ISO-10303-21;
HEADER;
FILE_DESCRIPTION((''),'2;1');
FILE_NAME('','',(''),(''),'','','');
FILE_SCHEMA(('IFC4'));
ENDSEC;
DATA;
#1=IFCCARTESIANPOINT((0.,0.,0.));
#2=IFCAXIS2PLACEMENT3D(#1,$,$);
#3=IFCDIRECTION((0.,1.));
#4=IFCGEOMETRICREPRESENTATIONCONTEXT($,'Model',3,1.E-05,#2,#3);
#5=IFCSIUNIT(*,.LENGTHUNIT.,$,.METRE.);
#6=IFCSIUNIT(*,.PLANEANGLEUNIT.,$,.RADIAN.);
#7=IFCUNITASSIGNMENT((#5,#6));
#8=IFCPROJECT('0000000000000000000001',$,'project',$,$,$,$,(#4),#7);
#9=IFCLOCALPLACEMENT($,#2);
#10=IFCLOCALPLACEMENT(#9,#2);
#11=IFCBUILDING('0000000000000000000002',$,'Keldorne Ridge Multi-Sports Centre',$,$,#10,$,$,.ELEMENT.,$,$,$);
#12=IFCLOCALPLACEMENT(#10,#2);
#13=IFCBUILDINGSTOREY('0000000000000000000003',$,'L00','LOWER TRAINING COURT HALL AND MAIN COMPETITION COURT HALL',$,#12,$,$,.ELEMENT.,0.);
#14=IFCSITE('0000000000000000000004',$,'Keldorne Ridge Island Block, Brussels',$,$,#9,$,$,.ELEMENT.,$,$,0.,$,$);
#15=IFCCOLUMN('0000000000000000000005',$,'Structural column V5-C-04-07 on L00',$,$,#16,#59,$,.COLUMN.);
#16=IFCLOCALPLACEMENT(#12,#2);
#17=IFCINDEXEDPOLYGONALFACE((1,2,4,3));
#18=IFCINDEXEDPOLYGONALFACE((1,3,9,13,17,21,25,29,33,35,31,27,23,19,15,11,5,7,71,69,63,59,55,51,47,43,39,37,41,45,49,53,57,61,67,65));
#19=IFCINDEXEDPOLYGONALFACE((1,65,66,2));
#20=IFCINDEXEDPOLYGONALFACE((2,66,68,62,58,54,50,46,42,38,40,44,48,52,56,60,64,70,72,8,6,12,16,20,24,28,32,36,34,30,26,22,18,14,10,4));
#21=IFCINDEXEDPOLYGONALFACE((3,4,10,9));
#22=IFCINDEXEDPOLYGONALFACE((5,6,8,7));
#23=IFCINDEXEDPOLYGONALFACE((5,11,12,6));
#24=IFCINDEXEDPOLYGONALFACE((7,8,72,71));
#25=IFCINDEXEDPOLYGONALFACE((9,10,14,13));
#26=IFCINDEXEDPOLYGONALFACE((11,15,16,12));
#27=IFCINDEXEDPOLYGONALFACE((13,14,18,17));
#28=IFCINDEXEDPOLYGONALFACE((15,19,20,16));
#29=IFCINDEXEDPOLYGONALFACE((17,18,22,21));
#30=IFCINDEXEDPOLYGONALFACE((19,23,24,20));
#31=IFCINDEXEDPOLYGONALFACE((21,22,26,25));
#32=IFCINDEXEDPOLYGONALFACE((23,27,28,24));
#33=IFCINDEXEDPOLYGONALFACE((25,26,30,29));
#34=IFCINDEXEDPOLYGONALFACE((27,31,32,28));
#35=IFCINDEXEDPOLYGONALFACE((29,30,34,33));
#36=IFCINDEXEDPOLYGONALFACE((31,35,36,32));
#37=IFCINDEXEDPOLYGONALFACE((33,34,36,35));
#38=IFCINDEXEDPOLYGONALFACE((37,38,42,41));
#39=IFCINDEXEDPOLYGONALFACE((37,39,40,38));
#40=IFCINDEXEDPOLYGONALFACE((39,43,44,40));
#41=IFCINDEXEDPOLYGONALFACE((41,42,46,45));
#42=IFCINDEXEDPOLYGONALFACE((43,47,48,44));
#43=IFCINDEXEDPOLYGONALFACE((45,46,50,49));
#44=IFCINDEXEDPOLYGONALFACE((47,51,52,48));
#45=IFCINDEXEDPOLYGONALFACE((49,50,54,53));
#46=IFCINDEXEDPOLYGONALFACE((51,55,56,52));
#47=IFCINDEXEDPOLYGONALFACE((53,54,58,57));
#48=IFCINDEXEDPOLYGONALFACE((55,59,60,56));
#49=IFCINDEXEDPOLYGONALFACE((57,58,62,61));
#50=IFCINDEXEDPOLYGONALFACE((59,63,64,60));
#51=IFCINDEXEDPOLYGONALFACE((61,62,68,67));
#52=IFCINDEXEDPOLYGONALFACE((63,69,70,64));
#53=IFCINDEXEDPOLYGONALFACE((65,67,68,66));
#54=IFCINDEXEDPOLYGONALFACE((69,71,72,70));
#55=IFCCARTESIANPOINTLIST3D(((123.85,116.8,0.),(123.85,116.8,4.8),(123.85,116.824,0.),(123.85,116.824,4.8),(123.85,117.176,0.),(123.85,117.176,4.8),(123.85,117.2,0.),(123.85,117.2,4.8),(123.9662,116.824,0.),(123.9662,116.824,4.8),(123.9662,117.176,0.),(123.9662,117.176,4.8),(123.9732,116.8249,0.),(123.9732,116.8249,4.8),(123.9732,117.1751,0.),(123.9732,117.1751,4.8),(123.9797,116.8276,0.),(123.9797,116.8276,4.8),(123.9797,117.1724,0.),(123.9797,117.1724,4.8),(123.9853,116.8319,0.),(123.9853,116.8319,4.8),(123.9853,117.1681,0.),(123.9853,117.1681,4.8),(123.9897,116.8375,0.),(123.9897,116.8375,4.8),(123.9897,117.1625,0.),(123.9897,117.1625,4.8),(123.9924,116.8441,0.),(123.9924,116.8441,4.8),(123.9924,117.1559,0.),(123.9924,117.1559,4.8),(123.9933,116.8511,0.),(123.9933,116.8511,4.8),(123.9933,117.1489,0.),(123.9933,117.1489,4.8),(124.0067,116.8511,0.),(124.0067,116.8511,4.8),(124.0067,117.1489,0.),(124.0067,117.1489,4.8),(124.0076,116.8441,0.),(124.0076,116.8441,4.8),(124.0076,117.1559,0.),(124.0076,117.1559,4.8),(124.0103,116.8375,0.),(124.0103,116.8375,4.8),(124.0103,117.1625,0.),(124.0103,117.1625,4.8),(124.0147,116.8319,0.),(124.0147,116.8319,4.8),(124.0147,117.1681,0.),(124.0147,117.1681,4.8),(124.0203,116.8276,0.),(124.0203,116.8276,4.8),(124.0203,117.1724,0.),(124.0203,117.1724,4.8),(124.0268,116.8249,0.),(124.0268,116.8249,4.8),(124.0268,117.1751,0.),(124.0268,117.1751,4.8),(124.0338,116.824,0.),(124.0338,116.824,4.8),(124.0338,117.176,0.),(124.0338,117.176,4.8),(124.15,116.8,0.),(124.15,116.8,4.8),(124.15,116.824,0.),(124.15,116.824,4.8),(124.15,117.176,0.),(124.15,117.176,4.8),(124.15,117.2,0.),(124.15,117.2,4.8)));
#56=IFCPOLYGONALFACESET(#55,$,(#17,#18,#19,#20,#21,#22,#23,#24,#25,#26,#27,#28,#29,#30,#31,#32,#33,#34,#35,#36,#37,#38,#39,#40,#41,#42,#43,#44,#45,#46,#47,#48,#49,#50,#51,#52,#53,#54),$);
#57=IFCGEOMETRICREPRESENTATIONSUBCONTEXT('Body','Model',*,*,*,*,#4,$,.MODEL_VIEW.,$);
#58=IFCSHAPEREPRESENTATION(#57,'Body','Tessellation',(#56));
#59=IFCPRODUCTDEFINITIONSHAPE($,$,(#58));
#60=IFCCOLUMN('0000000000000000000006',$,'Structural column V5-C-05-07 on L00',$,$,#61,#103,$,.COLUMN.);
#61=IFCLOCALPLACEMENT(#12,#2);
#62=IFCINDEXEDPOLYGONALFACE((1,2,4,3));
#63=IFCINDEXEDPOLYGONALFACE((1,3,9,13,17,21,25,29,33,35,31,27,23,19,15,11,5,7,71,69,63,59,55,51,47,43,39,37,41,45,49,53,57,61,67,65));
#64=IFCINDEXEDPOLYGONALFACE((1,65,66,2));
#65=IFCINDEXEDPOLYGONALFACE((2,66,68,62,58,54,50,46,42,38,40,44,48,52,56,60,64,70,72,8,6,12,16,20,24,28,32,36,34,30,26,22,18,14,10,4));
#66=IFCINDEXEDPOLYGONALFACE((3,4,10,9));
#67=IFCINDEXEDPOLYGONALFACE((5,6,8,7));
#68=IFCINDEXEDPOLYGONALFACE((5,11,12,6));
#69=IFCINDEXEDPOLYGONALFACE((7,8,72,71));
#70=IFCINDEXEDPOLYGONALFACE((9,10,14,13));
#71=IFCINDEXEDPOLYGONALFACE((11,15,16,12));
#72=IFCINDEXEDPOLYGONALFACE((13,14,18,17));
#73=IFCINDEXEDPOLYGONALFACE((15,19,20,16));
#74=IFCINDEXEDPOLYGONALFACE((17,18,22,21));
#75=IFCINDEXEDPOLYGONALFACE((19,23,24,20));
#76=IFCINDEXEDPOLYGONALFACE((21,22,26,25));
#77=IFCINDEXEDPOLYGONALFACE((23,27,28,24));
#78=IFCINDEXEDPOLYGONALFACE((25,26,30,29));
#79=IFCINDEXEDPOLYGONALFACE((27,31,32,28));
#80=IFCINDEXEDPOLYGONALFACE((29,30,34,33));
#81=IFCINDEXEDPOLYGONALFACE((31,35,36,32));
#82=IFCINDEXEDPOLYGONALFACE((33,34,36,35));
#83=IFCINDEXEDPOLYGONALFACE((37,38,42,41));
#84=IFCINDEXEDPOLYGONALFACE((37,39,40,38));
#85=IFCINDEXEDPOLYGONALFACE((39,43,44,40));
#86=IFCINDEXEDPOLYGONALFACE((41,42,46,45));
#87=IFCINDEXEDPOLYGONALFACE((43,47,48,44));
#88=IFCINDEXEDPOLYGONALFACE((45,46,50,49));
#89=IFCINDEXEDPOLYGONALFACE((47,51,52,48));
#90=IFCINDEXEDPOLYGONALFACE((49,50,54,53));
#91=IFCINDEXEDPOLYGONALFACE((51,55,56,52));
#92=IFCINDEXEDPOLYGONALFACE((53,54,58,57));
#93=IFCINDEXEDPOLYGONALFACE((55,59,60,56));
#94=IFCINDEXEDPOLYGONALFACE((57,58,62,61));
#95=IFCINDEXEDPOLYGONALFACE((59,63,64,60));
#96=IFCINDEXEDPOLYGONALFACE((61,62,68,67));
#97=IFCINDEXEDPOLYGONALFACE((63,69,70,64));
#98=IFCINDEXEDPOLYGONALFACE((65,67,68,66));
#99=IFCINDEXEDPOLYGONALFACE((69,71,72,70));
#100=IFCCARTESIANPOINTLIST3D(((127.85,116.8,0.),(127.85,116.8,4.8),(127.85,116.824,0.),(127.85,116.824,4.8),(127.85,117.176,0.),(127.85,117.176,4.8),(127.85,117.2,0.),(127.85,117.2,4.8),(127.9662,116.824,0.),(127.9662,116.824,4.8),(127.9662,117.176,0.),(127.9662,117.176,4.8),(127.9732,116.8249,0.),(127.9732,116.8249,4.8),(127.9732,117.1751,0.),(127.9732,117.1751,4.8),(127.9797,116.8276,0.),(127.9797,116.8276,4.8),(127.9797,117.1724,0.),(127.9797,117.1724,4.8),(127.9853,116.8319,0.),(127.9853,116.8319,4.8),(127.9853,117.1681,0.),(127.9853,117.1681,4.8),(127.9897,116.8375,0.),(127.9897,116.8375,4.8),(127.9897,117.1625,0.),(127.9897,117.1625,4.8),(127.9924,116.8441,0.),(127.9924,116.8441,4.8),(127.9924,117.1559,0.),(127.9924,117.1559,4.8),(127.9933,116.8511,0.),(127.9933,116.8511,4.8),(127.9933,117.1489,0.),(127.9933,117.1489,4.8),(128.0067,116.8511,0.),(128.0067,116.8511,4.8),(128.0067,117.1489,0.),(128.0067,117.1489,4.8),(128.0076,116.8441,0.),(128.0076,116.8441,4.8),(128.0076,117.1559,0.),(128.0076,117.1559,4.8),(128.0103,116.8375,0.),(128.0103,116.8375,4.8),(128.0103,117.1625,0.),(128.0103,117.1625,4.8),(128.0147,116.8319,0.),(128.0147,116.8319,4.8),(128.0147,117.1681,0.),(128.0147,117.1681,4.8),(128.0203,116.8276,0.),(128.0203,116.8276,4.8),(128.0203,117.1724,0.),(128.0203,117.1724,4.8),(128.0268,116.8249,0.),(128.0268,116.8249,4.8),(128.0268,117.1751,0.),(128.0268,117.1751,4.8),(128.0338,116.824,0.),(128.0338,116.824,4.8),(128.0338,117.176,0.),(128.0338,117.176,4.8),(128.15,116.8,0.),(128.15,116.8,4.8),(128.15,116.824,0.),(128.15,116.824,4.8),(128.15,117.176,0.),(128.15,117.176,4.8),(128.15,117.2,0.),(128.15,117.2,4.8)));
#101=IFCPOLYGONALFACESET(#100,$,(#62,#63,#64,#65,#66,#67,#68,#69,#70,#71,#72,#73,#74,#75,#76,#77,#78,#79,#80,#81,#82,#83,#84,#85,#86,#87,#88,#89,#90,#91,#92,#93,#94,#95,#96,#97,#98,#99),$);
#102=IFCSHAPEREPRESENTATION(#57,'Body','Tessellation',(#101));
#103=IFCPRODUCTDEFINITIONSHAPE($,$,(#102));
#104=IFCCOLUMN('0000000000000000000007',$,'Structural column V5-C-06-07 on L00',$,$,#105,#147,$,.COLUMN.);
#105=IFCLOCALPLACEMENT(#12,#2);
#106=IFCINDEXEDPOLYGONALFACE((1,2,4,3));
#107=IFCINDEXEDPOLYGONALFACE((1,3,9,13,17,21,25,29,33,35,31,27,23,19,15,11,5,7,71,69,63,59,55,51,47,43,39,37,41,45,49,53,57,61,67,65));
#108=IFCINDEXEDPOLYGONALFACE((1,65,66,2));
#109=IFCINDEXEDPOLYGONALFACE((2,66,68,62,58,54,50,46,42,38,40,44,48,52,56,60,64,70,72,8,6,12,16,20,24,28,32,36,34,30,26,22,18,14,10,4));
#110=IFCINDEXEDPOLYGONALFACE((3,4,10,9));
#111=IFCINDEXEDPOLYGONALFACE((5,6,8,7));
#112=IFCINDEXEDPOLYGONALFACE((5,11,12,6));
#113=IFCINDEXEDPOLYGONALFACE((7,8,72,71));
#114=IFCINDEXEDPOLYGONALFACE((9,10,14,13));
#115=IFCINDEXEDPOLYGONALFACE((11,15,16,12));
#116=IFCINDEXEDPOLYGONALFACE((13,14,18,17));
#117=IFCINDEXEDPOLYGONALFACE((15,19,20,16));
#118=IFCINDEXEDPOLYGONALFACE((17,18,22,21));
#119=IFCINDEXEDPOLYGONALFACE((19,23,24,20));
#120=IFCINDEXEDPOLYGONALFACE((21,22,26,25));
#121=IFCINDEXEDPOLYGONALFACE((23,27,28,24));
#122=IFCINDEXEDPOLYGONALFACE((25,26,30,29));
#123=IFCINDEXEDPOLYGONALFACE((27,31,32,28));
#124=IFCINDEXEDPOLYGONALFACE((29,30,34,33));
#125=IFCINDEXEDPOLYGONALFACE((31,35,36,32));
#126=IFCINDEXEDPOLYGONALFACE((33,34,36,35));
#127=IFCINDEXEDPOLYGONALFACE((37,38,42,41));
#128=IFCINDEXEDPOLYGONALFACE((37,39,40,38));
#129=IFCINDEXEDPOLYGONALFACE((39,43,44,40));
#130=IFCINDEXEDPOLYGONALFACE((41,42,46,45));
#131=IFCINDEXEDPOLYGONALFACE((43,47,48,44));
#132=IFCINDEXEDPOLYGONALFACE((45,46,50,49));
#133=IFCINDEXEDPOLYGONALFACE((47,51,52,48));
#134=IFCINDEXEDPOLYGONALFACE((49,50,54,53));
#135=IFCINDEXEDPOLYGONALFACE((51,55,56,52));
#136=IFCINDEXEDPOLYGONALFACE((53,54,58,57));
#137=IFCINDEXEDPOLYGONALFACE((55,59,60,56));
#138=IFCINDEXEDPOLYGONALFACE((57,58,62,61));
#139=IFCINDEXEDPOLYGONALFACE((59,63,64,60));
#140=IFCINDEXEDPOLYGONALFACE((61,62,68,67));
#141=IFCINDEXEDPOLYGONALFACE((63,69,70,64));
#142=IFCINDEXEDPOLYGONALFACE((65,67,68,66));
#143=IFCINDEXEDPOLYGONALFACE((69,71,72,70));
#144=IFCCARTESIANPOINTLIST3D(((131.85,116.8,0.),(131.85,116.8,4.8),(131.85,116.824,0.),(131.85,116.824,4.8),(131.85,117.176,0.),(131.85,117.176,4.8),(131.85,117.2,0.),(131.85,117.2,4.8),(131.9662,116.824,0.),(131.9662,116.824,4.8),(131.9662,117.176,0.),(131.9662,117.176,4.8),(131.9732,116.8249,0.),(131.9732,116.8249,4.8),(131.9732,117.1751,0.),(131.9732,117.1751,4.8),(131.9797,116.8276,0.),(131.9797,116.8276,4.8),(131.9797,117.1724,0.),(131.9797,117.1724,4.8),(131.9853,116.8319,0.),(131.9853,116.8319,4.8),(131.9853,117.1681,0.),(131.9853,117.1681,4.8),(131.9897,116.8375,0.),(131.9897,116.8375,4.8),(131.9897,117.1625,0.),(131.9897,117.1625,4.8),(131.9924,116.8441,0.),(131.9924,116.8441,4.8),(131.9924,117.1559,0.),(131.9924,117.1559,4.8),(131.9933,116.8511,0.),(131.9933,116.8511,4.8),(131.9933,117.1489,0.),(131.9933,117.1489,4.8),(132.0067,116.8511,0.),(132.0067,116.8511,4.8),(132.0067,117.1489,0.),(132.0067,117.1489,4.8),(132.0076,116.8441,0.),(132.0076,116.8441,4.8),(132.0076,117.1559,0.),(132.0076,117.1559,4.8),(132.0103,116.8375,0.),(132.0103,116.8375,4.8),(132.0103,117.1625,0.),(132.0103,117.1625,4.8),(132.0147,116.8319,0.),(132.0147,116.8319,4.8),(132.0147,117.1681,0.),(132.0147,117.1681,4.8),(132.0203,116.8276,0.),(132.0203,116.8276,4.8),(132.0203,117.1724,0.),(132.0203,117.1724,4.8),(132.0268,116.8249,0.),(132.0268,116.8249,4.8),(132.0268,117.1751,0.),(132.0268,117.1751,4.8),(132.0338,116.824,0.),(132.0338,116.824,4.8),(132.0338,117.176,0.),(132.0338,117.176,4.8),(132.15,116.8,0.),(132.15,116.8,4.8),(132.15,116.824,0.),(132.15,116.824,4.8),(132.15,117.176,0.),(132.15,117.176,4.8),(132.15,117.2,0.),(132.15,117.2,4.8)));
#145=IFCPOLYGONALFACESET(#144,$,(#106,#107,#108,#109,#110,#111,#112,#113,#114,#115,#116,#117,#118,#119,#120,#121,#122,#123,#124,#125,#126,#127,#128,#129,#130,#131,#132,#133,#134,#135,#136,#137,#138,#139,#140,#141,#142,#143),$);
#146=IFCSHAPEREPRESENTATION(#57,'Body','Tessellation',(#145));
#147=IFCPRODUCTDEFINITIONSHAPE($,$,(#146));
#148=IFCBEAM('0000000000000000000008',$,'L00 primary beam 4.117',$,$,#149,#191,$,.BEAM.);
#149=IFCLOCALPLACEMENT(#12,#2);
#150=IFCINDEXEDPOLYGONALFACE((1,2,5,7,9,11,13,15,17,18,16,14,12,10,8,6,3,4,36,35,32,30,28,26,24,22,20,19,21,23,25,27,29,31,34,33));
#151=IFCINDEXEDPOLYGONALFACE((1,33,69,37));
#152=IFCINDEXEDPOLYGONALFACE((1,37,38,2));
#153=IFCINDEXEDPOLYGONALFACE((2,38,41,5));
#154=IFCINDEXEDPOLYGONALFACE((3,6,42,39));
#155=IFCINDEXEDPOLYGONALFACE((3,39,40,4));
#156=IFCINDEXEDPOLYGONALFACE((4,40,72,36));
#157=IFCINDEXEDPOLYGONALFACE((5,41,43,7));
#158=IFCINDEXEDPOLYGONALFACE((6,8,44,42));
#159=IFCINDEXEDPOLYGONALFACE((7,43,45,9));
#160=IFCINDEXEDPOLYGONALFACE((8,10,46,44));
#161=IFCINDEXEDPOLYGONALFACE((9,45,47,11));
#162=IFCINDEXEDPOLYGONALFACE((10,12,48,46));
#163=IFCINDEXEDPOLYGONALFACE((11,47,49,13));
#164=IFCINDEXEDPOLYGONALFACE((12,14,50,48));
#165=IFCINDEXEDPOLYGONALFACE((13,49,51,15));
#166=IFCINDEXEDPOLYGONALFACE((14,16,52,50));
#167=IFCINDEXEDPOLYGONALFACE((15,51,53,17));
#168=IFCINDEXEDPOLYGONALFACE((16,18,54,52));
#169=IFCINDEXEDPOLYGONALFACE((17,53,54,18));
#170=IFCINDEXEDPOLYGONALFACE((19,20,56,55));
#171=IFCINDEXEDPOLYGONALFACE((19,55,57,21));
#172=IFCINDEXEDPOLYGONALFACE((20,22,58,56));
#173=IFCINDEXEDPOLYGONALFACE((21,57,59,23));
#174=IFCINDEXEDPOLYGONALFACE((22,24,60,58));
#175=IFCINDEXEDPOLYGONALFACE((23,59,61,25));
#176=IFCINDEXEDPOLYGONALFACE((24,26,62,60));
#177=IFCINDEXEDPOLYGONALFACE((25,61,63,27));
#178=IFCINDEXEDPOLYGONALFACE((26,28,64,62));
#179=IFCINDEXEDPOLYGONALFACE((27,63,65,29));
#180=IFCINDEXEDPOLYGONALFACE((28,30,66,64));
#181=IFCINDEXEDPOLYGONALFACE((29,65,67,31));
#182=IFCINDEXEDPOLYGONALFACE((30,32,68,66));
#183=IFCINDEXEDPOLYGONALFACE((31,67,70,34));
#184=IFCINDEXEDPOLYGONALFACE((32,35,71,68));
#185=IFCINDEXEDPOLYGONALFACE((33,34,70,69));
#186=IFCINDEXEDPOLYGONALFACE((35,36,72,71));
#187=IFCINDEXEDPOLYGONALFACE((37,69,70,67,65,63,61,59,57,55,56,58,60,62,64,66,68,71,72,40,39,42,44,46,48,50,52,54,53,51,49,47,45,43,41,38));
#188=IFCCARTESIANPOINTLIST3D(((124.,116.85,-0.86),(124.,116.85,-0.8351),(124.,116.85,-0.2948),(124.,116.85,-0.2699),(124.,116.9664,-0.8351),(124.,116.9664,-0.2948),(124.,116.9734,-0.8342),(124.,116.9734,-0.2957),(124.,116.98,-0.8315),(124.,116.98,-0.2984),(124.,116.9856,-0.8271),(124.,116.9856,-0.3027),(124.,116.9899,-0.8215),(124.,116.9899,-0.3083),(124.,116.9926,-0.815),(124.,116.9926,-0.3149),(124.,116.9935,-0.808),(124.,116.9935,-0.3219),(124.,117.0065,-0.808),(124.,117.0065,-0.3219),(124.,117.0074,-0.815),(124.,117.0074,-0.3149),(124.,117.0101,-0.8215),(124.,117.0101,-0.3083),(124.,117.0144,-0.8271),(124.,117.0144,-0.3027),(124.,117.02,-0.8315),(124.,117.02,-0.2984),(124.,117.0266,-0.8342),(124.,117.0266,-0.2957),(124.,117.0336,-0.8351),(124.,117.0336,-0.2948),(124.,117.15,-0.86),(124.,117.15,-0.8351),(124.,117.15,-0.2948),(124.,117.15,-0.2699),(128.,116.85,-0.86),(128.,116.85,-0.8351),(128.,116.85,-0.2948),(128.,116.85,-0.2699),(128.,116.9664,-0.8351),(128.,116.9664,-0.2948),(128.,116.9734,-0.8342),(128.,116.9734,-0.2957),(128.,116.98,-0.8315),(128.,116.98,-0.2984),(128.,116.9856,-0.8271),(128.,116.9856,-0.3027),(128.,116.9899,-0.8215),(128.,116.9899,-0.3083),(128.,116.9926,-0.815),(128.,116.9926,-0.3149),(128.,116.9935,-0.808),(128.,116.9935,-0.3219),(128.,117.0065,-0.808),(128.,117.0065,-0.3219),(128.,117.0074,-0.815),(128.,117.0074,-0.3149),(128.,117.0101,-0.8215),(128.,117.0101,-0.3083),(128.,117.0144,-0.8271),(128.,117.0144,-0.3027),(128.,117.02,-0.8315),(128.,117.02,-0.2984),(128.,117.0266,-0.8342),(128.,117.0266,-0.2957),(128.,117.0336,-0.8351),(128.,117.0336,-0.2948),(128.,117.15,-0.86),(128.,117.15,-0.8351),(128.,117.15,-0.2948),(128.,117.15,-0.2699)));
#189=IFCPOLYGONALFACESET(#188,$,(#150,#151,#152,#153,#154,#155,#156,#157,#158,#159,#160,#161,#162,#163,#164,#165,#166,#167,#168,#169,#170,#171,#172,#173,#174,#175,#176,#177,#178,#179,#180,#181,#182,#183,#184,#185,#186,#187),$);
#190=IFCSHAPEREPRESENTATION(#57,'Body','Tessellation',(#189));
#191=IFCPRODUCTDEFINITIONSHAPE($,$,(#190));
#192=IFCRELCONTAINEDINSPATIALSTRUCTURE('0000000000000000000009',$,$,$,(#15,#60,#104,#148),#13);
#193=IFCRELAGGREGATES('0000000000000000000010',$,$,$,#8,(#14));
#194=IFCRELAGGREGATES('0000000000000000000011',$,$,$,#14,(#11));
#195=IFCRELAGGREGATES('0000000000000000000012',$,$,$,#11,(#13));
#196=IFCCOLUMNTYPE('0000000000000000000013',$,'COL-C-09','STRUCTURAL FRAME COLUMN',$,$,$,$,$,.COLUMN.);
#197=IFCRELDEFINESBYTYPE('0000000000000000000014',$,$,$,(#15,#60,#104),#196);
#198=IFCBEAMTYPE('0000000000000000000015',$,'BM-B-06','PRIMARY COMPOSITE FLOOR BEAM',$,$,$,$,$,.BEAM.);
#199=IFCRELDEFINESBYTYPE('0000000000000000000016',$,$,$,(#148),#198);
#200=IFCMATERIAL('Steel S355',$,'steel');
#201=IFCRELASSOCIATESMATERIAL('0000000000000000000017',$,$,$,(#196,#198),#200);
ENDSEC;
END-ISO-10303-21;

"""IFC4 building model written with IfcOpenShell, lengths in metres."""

from ifc_helpers import new_model, si_unit, direction, frame, origin, origin_2d, place, context, subcontext, project, spatial, i_section, extrude, material, material_profile, profile_set, type_object, element, save


model = new_model("IFC4")

# Units and contexts
model_context = context("Model", 3, precision=1e-05, world=origin(), true_north=direction((0.0, 1.0)))
body_context = subcontext(model_context, "Body", "Model", "MODEL_VIEW")
ifc_project = project(units=[si_unit("LENGTHUNIT", "METRE"), si_unit("PLANEANGLEUNIT", "RADIAN")], contexts=[model_context])

# Site, building, storey
site_placement = place(None, origin())
site = spatial("IfcSite", under=ifc_project, at=site_placement, Name="Keldorne Ridge Island Block, Brussels", CompositionType="ELEMENT", RefElevation=0.0)
building_placement = place(site_placement, origin())
building = spatial("IfcBuilding", under=site, at=building_placement, Name="Keldorne Ridge Multi-Sports Centre", CompositionType="ELEMENT")
storey_placement = place(building_placement, origin())
storey = spatial("IfcBuildingStorey", under=building, at=storey_placement, Name="L00", Description="LOWER TRAINING COURT HALL AND MAIN COMPETITION COURT HALL", CompositionType="ELEMENT", Elevation=0.0)

# Columns
ifc_material_1 = material(Name="Steel S355", Category="steel")
ifc_material_profile_1 = material_profile(ifc_material_1, i_section(OverallWidth=0.3, OverallDepth=0.3999, WebThickness=0.0134, FlangeThickness=0.0239, FilletRadius=0.0271, at=origin_2d()), Name="HEB 400")
ifc_profile_set_1 = profile_set([ifc_material_profile_1], Name="Steel S355")
column_type = type_object("IfcColumnType", Name="COL-C-09", Description="STRUCTURAL FRAME COLUMN", PredefinedType="COLUMN", material=ifc_profile_set_1)
for number, where, z_axis, x_axis, name in (
    (1, (124.0, 117.0, 0.0), (0.0, 0.0, 1.0), (1.0, 0.0, 0.0), "Structural column V5-C-04-07 on L00"),
    (2, (128.0, 117.0, 0.0), (0.0, 0.0, 1.0), (1.0, 0.0, 0.0), "Structural column V5-C-05-07 on L00"),
    (3, (132.0, 117.0, 0.0), (0.0, 0.0, 1.0), (1.0, 0.0, 0.0), "Structural column V5-C-06-07 on L00"),
):
    element("IfcColumn", number, at=place(storey_placement, frame(where, z_axis=z_axis, x_axis=x_axis)), inside=storey, type_object=column_type, Name=name, PredefinedType="COLUMN", context=body_context, shape_type="SweptSolid", body=[
        extrude(i_section(OverallWidth=0.3, OverallDepth=0.3999, WebThickness=0.0134, FlangeThickness=0.0239, FilletRadius=0.0271, at=origin_2d()), origin(), (0.0, 0.0, 1.0), 4.8),
    ])

# Beam
ifc_material_profile_2 = material_profile(ifc_material_1, i_section(OverallWidth=0.3, OverallDepth=0.5901, WebThickness=0.0129, FlangeThickness=0.0249, FilletRadius=0.0271, at=origin_2d()), Name="HEA 600")
ifc_profile_set_2 = profile_set([ifc_material_profile_2], Name="Steel S355")
beam_type_1 = type_object("IfcBeamType", Name="BM-B-06", Description="PRIMARY COMPOSITE FLOOR BEAM", PredefinedType="BEAM", material=ifc_profile_set_2)
for number, where, z_axis, x_axis, name in (
    (4, (124.0, 117.0, -0.5649), (1.0, 0.0, 0.0), (0.0, 1.0, 0.0), "L00 primary beam 4.117"),
):
    element("IfcBeam", number, at=place(storey_placement, frame(where, z_axis=z_axis, x_axis=x_axis)), inside=storey, type_object=beam_type_1, Name=name, PredefinedType="BEAM", context=body_context, shape_type="SweptSolid", body=[
        extrude(i_section(OverallWidth=0.3, OverallDepth=0.5901, WebThickness=0.0129, FlangeThickness=0.0249, FilletRadius=0.0271, at=origin_2d()), origin(), (0.0, 0.0, 1.0), 4.0),
    ])

save(model, "model.ifc")
